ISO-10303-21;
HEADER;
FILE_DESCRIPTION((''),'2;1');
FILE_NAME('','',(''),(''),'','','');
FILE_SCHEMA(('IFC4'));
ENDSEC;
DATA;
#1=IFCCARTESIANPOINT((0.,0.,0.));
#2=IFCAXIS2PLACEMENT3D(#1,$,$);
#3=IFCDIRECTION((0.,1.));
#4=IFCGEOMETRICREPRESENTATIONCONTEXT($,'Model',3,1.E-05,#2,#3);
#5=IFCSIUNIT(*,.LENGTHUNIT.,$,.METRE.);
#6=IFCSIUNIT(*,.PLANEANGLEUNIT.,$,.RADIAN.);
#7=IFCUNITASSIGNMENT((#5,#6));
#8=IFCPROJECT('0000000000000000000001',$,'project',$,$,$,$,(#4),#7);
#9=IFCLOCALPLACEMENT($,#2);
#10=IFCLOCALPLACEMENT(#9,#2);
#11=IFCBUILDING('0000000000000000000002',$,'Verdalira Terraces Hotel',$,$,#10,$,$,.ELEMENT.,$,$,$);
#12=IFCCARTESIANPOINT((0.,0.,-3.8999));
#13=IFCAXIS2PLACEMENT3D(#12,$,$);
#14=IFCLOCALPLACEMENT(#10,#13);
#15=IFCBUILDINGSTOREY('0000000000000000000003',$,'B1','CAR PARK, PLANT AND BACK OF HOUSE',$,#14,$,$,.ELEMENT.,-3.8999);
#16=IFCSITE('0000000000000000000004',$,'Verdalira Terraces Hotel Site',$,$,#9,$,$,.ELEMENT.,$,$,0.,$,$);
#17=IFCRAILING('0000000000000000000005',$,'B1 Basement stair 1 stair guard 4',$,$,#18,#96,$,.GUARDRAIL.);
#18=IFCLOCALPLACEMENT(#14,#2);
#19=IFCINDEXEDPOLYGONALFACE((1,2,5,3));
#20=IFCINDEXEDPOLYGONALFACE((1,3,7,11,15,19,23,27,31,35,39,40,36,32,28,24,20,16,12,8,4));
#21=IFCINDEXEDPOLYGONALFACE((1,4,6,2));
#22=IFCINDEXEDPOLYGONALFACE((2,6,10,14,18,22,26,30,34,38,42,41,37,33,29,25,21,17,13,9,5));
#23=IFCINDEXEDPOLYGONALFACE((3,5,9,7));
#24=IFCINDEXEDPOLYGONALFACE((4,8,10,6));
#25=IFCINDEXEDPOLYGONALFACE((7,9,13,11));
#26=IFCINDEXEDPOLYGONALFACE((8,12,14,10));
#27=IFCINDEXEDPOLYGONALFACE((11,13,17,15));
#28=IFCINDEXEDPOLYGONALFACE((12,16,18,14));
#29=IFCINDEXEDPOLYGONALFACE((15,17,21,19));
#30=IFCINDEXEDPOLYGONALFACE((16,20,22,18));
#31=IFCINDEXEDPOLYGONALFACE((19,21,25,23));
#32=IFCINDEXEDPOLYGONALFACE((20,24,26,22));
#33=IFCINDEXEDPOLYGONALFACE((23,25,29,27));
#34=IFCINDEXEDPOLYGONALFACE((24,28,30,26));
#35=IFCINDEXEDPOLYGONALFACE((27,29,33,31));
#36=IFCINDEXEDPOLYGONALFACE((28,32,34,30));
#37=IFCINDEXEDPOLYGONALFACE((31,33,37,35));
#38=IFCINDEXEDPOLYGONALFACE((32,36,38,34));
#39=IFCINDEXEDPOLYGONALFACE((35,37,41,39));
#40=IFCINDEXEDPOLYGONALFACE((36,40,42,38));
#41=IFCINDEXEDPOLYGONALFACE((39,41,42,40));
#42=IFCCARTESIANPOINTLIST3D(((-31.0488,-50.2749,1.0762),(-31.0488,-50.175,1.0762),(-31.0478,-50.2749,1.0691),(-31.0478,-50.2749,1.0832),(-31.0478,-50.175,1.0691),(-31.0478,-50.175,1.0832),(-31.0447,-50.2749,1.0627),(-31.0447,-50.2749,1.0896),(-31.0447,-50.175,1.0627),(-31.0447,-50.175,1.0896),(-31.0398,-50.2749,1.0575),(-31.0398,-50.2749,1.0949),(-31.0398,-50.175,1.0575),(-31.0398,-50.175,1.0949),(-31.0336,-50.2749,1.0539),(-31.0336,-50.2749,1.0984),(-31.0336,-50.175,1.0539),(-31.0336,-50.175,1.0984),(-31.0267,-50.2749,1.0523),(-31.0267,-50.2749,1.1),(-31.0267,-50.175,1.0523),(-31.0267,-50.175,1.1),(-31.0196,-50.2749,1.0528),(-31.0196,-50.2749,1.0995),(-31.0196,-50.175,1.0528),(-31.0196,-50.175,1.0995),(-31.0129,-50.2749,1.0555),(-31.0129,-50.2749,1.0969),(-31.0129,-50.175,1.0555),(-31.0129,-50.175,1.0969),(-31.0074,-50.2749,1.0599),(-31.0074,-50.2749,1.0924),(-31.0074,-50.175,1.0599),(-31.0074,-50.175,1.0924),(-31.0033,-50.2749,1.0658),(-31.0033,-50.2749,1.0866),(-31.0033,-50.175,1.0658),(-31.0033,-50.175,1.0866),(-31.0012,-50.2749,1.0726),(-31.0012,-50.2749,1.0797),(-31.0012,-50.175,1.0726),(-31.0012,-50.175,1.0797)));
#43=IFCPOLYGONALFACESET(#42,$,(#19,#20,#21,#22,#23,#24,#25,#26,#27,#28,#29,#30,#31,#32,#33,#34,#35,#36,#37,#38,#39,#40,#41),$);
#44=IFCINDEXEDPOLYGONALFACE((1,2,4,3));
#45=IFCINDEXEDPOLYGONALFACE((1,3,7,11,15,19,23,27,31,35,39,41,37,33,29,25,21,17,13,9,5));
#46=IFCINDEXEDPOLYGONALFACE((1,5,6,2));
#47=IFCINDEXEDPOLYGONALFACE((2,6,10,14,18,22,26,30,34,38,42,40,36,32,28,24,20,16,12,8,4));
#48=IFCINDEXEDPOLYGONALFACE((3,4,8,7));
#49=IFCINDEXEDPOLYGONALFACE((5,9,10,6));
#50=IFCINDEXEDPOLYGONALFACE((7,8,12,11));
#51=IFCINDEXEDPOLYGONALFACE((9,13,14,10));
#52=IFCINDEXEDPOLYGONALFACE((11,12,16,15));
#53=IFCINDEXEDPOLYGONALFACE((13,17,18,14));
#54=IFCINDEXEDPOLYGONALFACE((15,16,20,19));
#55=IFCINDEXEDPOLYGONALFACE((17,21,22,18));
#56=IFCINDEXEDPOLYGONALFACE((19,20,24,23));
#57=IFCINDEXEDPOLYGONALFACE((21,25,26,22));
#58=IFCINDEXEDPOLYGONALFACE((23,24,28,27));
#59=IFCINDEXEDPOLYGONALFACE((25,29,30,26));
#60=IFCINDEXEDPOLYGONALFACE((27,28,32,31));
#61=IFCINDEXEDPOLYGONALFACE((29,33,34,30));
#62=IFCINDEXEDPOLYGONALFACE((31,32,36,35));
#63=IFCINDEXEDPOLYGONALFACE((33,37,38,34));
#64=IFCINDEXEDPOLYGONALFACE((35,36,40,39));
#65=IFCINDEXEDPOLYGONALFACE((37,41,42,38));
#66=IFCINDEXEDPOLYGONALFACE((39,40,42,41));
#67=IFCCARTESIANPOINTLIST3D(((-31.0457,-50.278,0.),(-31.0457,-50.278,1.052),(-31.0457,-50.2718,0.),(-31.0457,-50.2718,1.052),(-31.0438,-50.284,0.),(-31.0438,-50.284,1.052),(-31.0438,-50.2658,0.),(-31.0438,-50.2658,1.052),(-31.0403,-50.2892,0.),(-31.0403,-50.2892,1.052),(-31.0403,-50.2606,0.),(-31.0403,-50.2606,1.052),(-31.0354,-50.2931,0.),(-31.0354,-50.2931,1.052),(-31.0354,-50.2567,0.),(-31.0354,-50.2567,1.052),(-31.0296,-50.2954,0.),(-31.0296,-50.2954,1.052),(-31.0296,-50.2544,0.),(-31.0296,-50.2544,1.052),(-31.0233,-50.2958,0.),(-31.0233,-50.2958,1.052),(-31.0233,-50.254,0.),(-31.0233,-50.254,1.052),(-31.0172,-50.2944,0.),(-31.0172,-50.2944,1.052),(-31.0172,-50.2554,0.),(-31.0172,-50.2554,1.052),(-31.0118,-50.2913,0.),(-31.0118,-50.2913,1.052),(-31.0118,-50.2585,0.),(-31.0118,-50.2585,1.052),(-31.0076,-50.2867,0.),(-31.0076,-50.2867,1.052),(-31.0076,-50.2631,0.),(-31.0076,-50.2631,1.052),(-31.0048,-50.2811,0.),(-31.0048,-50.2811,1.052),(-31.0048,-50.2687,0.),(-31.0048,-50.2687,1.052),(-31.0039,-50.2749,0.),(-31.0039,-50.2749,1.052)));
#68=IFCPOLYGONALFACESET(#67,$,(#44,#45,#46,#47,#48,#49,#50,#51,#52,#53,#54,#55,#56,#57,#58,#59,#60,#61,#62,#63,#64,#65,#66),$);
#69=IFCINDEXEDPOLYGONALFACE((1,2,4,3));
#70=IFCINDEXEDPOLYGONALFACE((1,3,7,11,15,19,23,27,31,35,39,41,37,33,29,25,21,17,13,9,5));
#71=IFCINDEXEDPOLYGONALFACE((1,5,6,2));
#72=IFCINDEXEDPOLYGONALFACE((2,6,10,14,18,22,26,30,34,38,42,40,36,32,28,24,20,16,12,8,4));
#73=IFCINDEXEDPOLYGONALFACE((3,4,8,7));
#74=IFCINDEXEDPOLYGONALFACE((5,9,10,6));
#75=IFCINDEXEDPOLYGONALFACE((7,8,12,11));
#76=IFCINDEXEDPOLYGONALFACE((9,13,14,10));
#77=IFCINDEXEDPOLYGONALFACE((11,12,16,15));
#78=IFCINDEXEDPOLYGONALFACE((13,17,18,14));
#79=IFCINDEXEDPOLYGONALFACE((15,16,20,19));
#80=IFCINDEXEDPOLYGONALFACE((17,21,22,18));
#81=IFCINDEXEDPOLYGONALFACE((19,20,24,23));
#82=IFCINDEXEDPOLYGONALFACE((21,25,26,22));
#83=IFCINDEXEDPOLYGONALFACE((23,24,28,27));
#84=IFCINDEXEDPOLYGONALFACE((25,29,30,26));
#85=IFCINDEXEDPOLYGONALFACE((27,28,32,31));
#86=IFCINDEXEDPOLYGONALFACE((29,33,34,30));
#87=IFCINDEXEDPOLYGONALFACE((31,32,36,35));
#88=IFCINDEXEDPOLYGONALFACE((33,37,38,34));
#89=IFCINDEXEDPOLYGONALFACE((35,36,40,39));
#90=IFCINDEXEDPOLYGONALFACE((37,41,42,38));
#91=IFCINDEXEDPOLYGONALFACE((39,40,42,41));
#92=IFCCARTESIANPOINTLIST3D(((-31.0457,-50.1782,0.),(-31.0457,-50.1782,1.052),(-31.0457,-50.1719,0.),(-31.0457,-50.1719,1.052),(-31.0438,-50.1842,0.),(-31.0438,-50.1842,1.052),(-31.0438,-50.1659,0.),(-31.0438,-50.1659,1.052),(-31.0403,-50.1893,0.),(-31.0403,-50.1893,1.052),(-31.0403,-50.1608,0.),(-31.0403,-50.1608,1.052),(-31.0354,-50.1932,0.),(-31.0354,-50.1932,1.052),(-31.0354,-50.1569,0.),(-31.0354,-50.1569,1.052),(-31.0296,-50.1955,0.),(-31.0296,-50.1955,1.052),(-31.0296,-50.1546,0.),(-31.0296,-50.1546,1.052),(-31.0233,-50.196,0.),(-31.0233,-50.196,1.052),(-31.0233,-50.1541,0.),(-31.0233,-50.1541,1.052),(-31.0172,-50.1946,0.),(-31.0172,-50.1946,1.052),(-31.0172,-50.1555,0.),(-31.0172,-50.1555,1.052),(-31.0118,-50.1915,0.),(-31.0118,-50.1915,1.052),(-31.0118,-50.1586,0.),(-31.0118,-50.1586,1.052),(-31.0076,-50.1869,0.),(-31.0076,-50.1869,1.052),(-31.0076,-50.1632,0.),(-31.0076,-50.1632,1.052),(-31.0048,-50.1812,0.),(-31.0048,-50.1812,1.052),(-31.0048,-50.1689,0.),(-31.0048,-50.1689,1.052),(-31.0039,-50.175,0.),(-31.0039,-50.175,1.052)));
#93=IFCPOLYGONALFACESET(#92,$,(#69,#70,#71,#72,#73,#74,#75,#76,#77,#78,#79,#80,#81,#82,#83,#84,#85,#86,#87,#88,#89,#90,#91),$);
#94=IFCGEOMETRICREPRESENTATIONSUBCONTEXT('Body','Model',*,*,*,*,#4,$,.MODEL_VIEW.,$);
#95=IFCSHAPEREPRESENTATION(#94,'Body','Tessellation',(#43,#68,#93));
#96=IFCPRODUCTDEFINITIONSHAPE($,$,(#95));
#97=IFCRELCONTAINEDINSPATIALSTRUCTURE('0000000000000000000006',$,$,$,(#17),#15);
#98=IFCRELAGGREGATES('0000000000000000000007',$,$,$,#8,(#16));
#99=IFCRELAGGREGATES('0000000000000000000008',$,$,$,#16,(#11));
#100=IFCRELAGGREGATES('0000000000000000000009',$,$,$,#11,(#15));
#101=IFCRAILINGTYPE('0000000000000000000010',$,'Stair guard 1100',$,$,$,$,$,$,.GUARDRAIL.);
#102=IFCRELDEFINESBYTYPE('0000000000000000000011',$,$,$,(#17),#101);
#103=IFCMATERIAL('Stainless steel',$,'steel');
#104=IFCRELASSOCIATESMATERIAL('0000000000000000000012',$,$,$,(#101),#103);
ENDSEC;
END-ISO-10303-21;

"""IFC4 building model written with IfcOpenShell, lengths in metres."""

from ifc_helpers import new_model, si_unit, direction, frame, origin, origin_2d, place, context, subcontext, project, spatial, circle, extrude, material, type_object, element, save


model = new_model("IFC4")

# Units and contexts
model_context = context("Model", 3, precision=1e-05, world=origin(), true_north=direction((0.0, 1.0)))
body_context = subcontext(model_context, "Body", "Model", "MODEL_VIEW")
ifc_project = project(units=[si_unit("LENGTHUNIT", "METRE"), si_unit("PLANEANGLEUNIT", "RADIAN")], contexts=[model_context])

# Site, building, storey
site_placement = place(None, origin())
site = spatial("IfcSite", under=ifc_project, at=site_placement, Name="Verdalira Terraces Hotel Site", CompositionType="ELEMENT", RefElevation=0.0)
building_placement = place(site_placement, origin())
building = spatial("IfcBuilding", under=site, at=building_placement, Name="Verdalira Terraces Hotel", CompositionType="ELEMENT")
storey_placement = place(building_placement, frame((0.0, 0.0, -3.8999)))
storey = spatial("IfcBuildingStorey", under=building, at=storey_placement, Name="B1", Description="CAR PARK, PLANT AND BACK OF HOUSE", CompositionType="ELEMENT", Elevation=-3.8999)

# Railing
ifc_material_1 = material(Name="Stainless steel", Category="steel")
railing_type_1 = type_object("IfcRailingType", Name="Stair guard 1100", PredefinedType="GUARDRAIL", material=ifc_material_1)
railing_1_placement = place(storey_placement, frame((-31.0249, -50.2749, 0.0)))
element("IfcRailing", 1, at=railing_1_placement, inside=storey, type_object=railing_type_1, Name="B1 Basement stair 1 stair guard 4", PredefinedType="GUARDRAIL", context=body_context, shape_type="SweptSolid", body=[
    extrude(circle(Radius=0.0239, at=origin_2d()), frame((0.0, 0.0, 1.0762), z_axis=(0.0, 1.0, 0.0), x_axis=(-1.0, 0.0, 0.0)), (0.0, 0.0, 1.0), 0.0999),
    extrude(circle(Radius=0.021, at=origin_2d()), origin(), (0.0, 0.0, 1.0), 1.052),
    extrude(circle(Radius=0.021, at=origin_2d()), frame((0.0, 0.0999, 0.0)), (0.0, 0.0, 1.0), 1.052),
])

save(model, "model.ifc")
